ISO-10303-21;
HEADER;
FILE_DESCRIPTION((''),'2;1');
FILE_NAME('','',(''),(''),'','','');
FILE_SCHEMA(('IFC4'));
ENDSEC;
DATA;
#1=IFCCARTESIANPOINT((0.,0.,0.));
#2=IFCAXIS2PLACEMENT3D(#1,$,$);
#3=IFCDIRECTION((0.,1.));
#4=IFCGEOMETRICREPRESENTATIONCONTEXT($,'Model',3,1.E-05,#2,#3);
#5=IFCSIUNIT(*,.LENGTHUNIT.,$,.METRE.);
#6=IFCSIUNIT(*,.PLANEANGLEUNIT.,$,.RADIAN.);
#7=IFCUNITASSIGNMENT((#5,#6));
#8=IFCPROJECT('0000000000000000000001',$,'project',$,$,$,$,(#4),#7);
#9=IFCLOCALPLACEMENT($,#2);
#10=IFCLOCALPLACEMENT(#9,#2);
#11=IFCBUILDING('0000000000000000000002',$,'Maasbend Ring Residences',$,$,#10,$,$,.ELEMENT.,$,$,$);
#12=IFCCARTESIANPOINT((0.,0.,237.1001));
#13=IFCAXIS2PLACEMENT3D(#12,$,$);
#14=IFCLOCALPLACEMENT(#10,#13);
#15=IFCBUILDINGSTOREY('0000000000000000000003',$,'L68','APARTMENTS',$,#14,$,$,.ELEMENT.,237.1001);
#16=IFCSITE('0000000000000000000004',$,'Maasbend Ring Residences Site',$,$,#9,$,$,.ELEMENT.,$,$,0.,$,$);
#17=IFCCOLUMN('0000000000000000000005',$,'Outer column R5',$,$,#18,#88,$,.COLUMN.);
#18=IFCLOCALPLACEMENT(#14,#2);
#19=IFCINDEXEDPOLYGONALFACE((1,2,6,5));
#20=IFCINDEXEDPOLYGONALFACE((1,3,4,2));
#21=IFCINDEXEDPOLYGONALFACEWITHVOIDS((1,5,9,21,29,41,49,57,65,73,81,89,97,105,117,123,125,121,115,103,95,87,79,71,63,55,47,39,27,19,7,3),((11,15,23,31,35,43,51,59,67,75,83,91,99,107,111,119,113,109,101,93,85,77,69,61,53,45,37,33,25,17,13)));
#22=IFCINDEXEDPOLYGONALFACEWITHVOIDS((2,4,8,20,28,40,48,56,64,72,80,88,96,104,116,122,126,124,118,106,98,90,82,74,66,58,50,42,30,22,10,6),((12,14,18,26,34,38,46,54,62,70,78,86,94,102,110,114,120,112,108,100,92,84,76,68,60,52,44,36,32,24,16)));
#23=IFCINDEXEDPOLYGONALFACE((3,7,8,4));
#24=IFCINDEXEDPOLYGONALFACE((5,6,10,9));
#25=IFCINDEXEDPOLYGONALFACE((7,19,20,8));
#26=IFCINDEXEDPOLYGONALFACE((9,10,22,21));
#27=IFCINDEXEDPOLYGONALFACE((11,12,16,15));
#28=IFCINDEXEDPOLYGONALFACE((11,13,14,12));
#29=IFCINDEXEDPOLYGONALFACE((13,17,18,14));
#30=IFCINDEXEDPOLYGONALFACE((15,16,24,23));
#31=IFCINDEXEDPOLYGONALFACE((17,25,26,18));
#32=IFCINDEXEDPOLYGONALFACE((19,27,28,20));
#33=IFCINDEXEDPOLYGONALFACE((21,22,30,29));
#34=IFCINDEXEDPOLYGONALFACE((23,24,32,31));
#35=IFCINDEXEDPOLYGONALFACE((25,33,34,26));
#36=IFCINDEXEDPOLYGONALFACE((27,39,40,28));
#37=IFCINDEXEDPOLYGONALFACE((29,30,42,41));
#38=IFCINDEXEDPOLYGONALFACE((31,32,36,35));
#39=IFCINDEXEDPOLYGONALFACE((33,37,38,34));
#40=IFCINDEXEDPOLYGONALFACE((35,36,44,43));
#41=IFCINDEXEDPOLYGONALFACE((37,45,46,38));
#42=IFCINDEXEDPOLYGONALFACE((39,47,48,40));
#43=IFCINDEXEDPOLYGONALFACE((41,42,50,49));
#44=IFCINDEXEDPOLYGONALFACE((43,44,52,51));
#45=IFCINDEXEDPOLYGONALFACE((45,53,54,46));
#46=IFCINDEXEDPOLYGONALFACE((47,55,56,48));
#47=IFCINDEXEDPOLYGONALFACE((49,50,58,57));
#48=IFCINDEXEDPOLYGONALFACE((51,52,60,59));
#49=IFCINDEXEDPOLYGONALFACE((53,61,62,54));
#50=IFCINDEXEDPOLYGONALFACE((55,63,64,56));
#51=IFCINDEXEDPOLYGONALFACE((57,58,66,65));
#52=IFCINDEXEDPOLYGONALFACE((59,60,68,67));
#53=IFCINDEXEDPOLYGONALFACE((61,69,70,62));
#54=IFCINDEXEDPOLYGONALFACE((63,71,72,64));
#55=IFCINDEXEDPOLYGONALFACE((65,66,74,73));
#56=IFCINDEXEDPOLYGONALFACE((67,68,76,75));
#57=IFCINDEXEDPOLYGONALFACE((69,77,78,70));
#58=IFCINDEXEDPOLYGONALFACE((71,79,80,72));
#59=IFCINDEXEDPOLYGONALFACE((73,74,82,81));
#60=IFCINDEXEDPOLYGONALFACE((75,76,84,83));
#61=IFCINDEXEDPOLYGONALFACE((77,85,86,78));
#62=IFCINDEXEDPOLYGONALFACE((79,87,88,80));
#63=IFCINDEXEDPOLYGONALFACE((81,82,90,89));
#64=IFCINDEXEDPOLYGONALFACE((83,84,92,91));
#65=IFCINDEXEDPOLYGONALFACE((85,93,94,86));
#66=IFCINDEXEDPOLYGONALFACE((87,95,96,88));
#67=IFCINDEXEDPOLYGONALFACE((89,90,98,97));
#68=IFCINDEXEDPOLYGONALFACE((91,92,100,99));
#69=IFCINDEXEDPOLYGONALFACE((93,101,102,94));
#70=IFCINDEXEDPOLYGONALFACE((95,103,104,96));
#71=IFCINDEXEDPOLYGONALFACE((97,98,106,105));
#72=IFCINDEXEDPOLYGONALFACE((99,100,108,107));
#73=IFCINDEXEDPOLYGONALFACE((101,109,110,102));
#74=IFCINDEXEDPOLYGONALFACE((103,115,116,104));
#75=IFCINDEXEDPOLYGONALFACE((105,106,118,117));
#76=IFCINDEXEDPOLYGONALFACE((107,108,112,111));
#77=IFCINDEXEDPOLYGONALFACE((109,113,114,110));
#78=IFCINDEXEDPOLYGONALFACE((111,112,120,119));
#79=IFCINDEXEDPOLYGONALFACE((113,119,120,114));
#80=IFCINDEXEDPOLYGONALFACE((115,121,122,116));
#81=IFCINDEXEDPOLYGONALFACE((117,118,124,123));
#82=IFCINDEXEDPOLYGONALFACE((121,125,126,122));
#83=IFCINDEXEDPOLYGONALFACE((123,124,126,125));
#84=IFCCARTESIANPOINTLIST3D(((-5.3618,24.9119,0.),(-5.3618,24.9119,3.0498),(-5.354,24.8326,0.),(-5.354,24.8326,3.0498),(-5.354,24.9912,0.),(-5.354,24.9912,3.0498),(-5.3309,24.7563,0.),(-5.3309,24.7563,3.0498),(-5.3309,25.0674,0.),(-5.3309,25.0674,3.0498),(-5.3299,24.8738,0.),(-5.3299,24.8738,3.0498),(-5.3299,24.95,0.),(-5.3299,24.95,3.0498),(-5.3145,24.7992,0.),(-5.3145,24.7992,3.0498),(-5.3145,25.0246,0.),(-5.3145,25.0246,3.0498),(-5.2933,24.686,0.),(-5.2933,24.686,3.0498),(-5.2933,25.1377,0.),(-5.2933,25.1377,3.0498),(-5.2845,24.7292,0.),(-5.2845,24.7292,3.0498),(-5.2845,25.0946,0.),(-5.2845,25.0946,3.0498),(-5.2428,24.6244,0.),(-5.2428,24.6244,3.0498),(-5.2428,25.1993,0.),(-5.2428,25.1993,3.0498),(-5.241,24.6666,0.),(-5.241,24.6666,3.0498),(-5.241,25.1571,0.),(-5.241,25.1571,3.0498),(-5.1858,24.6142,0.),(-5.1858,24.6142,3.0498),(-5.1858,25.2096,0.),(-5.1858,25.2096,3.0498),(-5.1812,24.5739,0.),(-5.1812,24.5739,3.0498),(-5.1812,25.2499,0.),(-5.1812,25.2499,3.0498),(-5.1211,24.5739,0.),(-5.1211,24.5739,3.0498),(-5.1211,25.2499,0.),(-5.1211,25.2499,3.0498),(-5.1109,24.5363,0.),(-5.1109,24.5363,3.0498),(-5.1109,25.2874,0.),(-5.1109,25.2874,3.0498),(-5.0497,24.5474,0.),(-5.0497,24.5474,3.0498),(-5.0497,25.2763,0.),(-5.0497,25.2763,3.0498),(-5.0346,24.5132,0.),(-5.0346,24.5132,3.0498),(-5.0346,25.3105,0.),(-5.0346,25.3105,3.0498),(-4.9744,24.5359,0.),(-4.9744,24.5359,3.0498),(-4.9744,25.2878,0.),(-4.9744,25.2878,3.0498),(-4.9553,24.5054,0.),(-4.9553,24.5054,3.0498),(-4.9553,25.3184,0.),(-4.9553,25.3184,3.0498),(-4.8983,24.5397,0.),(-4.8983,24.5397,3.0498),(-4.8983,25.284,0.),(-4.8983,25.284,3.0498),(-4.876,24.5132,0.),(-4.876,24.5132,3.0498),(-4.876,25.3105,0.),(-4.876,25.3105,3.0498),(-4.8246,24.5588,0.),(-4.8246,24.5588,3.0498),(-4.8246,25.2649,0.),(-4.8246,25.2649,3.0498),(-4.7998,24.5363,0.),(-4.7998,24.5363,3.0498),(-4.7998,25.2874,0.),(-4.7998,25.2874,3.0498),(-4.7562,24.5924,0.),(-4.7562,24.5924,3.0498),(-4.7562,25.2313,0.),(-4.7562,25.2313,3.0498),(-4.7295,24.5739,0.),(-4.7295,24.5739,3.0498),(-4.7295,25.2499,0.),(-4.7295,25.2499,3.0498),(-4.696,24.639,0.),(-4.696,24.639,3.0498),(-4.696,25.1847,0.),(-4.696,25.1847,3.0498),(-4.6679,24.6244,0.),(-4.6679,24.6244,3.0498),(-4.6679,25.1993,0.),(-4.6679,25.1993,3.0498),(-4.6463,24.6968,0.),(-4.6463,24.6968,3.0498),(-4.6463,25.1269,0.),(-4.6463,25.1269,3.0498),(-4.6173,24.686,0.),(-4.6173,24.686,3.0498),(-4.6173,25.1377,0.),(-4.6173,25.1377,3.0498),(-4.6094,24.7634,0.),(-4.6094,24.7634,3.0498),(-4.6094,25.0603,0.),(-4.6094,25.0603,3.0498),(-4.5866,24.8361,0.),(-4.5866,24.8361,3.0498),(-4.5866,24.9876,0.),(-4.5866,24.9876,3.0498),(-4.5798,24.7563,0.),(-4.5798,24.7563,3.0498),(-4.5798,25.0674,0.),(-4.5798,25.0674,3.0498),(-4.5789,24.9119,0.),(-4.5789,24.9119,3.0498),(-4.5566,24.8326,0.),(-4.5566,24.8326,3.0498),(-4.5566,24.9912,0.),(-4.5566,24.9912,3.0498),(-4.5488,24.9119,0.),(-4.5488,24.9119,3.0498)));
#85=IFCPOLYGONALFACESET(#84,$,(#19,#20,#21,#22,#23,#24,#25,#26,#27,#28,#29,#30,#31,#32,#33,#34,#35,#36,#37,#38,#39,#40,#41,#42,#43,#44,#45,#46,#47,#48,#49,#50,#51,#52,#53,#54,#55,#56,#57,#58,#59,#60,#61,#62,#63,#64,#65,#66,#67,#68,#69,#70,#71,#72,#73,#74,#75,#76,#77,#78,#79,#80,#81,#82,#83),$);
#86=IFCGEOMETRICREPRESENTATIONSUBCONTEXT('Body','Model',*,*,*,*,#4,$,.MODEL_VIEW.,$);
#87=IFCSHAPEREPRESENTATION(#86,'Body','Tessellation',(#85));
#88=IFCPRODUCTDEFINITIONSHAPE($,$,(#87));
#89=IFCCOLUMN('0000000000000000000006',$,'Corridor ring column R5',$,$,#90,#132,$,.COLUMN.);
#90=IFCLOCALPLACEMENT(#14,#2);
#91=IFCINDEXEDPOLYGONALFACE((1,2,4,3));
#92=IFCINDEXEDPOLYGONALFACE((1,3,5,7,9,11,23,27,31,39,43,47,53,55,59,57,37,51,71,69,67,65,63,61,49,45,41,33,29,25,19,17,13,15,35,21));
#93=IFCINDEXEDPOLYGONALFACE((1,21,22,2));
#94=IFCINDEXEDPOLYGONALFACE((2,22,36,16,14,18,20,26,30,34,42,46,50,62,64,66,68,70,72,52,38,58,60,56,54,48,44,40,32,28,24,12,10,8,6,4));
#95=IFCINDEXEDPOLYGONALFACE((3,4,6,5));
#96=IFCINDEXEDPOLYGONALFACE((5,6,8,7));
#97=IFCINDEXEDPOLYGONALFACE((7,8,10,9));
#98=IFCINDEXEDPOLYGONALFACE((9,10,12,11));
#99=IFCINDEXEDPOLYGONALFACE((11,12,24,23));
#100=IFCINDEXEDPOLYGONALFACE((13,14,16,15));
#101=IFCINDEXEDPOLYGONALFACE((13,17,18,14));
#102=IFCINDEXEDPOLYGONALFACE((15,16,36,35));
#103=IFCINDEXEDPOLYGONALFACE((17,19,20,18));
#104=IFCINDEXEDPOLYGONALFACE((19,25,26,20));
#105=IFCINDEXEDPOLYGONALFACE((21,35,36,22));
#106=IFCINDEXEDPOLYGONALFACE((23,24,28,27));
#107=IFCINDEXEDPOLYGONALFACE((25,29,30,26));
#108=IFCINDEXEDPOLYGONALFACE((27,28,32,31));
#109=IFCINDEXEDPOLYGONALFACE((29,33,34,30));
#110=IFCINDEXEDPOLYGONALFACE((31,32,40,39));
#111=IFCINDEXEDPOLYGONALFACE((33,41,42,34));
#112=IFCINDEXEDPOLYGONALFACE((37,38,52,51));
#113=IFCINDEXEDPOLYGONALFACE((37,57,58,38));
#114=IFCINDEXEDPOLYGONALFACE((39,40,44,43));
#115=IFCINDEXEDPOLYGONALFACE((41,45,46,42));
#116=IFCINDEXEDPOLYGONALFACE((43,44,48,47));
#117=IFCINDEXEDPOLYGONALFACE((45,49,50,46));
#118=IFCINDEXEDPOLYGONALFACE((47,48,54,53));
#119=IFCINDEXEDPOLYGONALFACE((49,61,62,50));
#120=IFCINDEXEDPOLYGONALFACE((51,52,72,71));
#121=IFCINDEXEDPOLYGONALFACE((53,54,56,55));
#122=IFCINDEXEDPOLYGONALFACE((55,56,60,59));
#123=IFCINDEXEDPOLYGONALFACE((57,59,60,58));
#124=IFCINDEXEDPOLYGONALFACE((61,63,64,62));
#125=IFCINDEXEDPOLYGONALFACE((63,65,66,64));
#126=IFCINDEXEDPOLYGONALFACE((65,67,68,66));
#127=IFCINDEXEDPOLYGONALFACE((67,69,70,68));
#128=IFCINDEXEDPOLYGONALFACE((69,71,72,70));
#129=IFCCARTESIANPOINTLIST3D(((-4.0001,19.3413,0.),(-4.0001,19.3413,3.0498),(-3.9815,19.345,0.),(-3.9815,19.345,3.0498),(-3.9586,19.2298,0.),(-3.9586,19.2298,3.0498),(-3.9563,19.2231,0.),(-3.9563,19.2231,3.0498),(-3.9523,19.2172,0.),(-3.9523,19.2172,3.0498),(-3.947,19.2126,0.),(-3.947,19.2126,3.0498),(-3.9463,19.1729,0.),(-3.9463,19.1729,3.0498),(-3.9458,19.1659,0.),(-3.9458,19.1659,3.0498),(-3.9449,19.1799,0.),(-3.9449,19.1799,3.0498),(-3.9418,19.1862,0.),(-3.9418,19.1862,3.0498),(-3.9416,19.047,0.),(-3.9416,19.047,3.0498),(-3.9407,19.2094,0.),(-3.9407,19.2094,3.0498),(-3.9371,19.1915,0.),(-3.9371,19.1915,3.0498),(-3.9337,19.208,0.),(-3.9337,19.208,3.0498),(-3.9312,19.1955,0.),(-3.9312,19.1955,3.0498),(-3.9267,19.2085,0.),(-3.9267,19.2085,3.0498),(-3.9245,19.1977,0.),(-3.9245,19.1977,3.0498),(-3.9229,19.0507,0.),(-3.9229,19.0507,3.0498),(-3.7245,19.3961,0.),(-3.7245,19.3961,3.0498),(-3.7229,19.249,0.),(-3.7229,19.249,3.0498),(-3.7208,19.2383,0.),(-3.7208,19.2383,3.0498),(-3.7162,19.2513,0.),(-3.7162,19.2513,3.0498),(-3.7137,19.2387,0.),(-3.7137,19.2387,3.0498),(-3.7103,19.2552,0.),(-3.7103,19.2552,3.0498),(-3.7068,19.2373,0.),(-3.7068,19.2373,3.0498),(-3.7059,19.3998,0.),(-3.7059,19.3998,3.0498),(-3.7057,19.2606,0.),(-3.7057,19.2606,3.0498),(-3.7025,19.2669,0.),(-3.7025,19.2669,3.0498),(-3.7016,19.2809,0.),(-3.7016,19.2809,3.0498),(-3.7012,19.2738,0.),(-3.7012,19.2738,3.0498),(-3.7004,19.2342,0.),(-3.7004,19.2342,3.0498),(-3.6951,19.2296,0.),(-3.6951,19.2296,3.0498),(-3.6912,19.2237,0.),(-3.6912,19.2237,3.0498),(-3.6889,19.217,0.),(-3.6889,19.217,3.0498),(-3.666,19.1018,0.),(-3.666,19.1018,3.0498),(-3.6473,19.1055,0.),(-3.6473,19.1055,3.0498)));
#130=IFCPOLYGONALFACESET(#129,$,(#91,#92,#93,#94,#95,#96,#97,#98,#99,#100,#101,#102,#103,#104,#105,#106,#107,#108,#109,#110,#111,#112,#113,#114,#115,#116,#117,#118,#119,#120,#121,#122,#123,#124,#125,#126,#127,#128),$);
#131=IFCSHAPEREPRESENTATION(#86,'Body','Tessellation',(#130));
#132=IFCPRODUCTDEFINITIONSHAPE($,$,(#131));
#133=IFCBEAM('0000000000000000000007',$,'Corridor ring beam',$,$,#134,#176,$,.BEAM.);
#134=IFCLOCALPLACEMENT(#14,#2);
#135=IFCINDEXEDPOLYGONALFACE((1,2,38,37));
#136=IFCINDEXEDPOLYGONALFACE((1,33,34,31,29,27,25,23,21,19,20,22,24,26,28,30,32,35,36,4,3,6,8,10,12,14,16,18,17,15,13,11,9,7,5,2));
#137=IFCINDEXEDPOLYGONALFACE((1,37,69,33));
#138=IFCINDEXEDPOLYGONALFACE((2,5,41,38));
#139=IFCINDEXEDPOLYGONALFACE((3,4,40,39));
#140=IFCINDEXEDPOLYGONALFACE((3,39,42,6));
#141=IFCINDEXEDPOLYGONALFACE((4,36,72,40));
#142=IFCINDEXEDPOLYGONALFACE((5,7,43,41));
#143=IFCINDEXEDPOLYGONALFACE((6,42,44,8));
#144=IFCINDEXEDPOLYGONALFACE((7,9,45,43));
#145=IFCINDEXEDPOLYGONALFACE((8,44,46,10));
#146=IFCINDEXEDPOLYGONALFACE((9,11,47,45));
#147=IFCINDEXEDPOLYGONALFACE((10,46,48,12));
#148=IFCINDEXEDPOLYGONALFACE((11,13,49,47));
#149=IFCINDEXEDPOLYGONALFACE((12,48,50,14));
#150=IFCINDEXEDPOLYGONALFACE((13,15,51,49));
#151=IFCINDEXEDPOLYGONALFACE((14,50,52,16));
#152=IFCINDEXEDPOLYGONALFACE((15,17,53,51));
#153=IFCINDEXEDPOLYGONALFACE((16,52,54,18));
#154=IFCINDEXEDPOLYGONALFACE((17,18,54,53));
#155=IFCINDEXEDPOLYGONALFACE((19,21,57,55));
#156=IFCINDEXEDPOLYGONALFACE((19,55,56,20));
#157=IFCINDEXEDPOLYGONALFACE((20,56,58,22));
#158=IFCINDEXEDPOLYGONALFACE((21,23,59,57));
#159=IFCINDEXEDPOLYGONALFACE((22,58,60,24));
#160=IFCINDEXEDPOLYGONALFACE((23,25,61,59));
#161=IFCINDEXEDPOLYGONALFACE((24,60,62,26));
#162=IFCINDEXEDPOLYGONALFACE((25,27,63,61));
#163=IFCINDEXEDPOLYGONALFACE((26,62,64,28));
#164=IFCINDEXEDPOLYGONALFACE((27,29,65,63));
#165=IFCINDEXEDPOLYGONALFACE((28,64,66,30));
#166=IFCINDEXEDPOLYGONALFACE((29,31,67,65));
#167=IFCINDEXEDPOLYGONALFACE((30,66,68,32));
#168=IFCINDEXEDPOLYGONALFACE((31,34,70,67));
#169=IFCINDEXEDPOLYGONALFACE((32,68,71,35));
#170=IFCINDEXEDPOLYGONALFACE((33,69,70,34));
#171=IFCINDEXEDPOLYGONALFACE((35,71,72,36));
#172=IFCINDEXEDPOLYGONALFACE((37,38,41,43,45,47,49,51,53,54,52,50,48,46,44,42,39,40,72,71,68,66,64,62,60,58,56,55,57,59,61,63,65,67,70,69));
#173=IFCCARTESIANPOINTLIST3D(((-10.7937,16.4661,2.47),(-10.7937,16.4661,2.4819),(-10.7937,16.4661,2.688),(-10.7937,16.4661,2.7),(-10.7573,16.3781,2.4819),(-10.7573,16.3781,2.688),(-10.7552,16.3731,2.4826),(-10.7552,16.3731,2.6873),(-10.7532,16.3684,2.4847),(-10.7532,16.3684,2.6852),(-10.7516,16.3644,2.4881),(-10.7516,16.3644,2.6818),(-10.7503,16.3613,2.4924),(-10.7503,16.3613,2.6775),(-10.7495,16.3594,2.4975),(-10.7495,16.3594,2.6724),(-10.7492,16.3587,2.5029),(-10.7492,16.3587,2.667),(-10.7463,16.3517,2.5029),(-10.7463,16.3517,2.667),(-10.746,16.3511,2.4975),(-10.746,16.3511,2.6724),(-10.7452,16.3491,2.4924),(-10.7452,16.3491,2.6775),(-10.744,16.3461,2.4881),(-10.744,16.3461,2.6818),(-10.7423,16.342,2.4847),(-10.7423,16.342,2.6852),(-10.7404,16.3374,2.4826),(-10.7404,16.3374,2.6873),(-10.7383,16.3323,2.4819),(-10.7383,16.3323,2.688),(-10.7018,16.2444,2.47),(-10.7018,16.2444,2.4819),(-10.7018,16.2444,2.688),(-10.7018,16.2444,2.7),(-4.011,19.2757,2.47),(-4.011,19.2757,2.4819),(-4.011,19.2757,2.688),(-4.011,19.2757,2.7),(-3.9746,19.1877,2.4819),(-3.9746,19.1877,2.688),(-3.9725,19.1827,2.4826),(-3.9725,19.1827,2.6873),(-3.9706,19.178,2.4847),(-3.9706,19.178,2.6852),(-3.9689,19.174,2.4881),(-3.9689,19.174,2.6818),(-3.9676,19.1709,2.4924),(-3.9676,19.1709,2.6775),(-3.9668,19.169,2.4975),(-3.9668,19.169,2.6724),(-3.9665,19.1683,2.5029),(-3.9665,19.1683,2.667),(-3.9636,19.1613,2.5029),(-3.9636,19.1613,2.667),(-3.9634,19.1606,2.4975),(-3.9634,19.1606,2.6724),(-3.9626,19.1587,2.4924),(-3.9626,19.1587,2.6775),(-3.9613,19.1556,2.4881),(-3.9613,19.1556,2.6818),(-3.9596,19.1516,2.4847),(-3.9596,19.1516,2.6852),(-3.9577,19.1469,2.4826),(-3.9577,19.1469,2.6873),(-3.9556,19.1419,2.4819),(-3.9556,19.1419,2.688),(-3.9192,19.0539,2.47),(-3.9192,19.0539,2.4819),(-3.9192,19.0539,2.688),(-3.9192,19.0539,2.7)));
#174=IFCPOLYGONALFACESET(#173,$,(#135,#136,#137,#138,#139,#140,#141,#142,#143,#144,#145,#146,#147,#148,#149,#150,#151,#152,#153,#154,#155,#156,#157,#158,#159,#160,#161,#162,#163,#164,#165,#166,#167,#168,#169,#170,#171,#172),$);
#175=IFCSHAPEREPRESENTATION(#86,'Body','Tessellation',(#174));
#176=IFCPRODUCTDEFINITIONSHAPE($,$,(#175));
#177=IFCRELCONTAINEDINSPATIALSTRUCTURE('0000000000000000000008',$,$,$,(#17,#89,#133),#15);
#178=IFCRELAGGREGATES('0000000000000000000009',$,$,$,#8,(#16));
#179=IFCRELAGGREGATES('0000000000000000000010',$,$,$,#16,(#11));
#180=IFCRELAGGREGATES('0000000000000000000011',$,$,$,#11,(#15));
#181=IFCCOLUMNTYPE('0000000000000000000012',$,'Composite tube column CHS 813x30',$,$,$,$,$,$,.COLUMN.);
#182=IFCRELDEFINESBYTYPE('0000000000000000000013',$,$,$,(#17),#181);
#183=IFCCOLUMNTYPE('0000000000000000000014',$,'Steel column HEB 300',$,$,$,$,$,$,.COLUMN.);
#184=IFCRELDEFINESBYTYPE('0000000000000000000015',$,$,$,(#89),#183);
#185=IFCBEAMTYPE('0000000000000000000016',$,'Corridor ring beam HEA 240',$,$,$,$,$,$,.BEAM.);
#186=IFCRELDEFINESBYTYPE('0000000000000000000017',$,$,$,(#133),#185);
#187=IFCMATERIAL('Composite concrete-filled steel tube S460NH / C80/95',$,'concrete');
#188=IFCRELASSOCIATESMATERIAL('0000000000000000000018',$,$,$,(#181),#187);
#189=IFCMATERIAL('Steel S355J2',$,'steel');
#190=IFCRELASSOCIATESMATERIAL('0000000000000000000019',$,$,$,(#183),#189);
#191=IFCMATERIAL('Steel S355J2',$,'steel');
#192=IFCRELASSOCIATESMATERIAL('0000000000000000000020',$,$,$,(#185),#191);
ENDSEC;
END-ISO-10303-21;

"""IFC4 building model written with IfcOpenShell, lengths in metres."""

from ifc_helpers import new_model, si_unit, direction, frame, origin, origin_2d, place, context, subcontext, project, spatial, hollow_circle, i_section, extrude, material, material_profile, profile_set, type_object, element, save


model = new_model("IFC4")

# Units and contexts
model_context = context("Model", 3, precision=1e-05, world=origin(), true_north=direction((0.0, 1.0)))
body_context = subcontext(model_context, "Body", "Model", "MODEL_VIEW")
ifc_project = project(units=[si_unit("LENGTHUNIT", "METRE"), si_unit("PLANEANGLEUNIT", "RADIAN")], contexts=[model_context])

# Site, building, storey
site_placement = place(None, origin())
site = spatial("IfcSite", under=ifc_project, at=site_placement, Name="Maasbend Ring Residences Site", CompositionType="ELEMENT", RefElevation=0.0)
building_placement = place(site_placement, origin())
building = spatial("IfcBuilding", under=site, at=building_placement, Name="Maasbend Ring Residences", CompositionType="ELEMENT")
storey_placement = place(building_placement, frame((0.0, 0.0, 237.1001)))
storey = spatial("IfcBuildingStorey", under=building, at=storey_placement, Name="L68", Description="APARTMENTS", CompositionType="ELEMENT", Elevation=237.1001)

# Columns
ifc_material_1 = material(Name="Composite concrete-filled steel tube S460NH / C80/95", Category="concrete")
ifc_material_profile_1 = material_profile(ifc_material_1, hollow_circle(Radius=0.4065, WallThickness=0.03, at=origin_2d()), Name="Composite tube column CHS 813x30")
ifc_profile_set_1 = profile_set([ifc_material_profile_1], Name="Composite concrete-filled steel tube S460NH / C80/95")
column_type_1 = type_object("IfcColumnType", Name="Composite tube column CHS 813x30", PredefinedType="COLUMN", material=ifc_profile_set_1)
column_1_placement = place(storey_placement, frame((-4.9553, 24.9119, 0.0), z_axis=(0.0, 0.0, 1.0), x_axis=(1.0, 0.0, 0.0)))
element("IfcColumn", 1, at=column_1_placement, inside=storey, type_object=column_type_1, Name="Outer column R5", PredefinedType="COLUMN", context=body_context, shape_type="SweptSolid", body=[
    extrude(hollow_circle(Radius=0.4065, WallThickness=0.03, at=origin_2d()), origin(), (0.0, 0.0, 1.0), 3.0498),
])
ifc_material_2 = material(Name="Steel S355J2", Category="steel")
ifc_material_profile_2 = material_profile(ifc_material_2, i_section(OverallWidth=0.3, OverallDepth=0.3, WebThickness=0.011, FlangeThickness=0.019, FilletRadius=0.0271, at=origin_2d()), Name="HEB 300")
ifc_profile_set_2 = profile_set([ifc_material_profile_2], Name="Steel S355J2")
column_type_2 = type_object("IfcColumnType", Name="Steel column HEB 300", PredefinedType="COLUMN", material=ifc_profile_set_2)
column_2_placement = place(storey_placement, frame((-3.8237, 19.2234, 0.0), z_axis=(0.0, 0.0, 1.0), x_axis=(-0.19509, 0.980785, 0.0)))
element("IfcColumn", 2, at=column_2_placement, inside=storey, type_object=column_type_2, Name="Corridor ring column R5", PredefinedType="COLUMN", context=body_context, shape_type="SweptSolid", body=[
    extrude(i_section(OverallWidth=0.3, OverallDepth=0.3, WebThickness=0.011, FlangeThickness=0.019, FilletRadius=0.0271, at=origin_2d()), origin(), (0.0, 0.0, 1.0), 3.0498),
])

# Beam
ifc_material_3 = material(Name="Steel S355J2", Category="steel")
ifc_material_profile_3 = material_profile(ifc_material_3, i_section(OverallWidth=0.24, OverallDepth=0.23, WebThickness=0.0076, FlangeThickness=0.012, FilletRadius=0.021, at=origin_2d()), Name="HEA 240")
ifc_profile_set_3 = profile_set([ifc_material_profile_3], Name="Steel S355J2")
beam_type_1 = type_object("IfcBeamType", Name="Corridor ring beam HEA 240", PredefinedType="BEAM", material=ifc_profile_set_3)
beam_1_placement = place(storey_placement, frame((-3.9651, 19.1648, 2.585), z_axis=(-0.923876, -0.382692, 0.0), x_axis=(0.382692, -0.923876, 0.0)))
element("IfcBeam", 3, at=beam_1_placement, inside=storey, type_object=beam_type_1, Name="Corridor ring beam", PredefinedType="BEAM", context=body_context, shape_type="SweptSolid", body=[
    extrude(i_section(OverallWidth=0.24, OverallDepth=0.23, WebThickness=0.0076, FlangeThickness=0.012, FilletRadius=0.021, at=origin_2d()), origin(), (0.0, 0.0, 1.0), 7.3416),
])

save(model, "model.ifc")
